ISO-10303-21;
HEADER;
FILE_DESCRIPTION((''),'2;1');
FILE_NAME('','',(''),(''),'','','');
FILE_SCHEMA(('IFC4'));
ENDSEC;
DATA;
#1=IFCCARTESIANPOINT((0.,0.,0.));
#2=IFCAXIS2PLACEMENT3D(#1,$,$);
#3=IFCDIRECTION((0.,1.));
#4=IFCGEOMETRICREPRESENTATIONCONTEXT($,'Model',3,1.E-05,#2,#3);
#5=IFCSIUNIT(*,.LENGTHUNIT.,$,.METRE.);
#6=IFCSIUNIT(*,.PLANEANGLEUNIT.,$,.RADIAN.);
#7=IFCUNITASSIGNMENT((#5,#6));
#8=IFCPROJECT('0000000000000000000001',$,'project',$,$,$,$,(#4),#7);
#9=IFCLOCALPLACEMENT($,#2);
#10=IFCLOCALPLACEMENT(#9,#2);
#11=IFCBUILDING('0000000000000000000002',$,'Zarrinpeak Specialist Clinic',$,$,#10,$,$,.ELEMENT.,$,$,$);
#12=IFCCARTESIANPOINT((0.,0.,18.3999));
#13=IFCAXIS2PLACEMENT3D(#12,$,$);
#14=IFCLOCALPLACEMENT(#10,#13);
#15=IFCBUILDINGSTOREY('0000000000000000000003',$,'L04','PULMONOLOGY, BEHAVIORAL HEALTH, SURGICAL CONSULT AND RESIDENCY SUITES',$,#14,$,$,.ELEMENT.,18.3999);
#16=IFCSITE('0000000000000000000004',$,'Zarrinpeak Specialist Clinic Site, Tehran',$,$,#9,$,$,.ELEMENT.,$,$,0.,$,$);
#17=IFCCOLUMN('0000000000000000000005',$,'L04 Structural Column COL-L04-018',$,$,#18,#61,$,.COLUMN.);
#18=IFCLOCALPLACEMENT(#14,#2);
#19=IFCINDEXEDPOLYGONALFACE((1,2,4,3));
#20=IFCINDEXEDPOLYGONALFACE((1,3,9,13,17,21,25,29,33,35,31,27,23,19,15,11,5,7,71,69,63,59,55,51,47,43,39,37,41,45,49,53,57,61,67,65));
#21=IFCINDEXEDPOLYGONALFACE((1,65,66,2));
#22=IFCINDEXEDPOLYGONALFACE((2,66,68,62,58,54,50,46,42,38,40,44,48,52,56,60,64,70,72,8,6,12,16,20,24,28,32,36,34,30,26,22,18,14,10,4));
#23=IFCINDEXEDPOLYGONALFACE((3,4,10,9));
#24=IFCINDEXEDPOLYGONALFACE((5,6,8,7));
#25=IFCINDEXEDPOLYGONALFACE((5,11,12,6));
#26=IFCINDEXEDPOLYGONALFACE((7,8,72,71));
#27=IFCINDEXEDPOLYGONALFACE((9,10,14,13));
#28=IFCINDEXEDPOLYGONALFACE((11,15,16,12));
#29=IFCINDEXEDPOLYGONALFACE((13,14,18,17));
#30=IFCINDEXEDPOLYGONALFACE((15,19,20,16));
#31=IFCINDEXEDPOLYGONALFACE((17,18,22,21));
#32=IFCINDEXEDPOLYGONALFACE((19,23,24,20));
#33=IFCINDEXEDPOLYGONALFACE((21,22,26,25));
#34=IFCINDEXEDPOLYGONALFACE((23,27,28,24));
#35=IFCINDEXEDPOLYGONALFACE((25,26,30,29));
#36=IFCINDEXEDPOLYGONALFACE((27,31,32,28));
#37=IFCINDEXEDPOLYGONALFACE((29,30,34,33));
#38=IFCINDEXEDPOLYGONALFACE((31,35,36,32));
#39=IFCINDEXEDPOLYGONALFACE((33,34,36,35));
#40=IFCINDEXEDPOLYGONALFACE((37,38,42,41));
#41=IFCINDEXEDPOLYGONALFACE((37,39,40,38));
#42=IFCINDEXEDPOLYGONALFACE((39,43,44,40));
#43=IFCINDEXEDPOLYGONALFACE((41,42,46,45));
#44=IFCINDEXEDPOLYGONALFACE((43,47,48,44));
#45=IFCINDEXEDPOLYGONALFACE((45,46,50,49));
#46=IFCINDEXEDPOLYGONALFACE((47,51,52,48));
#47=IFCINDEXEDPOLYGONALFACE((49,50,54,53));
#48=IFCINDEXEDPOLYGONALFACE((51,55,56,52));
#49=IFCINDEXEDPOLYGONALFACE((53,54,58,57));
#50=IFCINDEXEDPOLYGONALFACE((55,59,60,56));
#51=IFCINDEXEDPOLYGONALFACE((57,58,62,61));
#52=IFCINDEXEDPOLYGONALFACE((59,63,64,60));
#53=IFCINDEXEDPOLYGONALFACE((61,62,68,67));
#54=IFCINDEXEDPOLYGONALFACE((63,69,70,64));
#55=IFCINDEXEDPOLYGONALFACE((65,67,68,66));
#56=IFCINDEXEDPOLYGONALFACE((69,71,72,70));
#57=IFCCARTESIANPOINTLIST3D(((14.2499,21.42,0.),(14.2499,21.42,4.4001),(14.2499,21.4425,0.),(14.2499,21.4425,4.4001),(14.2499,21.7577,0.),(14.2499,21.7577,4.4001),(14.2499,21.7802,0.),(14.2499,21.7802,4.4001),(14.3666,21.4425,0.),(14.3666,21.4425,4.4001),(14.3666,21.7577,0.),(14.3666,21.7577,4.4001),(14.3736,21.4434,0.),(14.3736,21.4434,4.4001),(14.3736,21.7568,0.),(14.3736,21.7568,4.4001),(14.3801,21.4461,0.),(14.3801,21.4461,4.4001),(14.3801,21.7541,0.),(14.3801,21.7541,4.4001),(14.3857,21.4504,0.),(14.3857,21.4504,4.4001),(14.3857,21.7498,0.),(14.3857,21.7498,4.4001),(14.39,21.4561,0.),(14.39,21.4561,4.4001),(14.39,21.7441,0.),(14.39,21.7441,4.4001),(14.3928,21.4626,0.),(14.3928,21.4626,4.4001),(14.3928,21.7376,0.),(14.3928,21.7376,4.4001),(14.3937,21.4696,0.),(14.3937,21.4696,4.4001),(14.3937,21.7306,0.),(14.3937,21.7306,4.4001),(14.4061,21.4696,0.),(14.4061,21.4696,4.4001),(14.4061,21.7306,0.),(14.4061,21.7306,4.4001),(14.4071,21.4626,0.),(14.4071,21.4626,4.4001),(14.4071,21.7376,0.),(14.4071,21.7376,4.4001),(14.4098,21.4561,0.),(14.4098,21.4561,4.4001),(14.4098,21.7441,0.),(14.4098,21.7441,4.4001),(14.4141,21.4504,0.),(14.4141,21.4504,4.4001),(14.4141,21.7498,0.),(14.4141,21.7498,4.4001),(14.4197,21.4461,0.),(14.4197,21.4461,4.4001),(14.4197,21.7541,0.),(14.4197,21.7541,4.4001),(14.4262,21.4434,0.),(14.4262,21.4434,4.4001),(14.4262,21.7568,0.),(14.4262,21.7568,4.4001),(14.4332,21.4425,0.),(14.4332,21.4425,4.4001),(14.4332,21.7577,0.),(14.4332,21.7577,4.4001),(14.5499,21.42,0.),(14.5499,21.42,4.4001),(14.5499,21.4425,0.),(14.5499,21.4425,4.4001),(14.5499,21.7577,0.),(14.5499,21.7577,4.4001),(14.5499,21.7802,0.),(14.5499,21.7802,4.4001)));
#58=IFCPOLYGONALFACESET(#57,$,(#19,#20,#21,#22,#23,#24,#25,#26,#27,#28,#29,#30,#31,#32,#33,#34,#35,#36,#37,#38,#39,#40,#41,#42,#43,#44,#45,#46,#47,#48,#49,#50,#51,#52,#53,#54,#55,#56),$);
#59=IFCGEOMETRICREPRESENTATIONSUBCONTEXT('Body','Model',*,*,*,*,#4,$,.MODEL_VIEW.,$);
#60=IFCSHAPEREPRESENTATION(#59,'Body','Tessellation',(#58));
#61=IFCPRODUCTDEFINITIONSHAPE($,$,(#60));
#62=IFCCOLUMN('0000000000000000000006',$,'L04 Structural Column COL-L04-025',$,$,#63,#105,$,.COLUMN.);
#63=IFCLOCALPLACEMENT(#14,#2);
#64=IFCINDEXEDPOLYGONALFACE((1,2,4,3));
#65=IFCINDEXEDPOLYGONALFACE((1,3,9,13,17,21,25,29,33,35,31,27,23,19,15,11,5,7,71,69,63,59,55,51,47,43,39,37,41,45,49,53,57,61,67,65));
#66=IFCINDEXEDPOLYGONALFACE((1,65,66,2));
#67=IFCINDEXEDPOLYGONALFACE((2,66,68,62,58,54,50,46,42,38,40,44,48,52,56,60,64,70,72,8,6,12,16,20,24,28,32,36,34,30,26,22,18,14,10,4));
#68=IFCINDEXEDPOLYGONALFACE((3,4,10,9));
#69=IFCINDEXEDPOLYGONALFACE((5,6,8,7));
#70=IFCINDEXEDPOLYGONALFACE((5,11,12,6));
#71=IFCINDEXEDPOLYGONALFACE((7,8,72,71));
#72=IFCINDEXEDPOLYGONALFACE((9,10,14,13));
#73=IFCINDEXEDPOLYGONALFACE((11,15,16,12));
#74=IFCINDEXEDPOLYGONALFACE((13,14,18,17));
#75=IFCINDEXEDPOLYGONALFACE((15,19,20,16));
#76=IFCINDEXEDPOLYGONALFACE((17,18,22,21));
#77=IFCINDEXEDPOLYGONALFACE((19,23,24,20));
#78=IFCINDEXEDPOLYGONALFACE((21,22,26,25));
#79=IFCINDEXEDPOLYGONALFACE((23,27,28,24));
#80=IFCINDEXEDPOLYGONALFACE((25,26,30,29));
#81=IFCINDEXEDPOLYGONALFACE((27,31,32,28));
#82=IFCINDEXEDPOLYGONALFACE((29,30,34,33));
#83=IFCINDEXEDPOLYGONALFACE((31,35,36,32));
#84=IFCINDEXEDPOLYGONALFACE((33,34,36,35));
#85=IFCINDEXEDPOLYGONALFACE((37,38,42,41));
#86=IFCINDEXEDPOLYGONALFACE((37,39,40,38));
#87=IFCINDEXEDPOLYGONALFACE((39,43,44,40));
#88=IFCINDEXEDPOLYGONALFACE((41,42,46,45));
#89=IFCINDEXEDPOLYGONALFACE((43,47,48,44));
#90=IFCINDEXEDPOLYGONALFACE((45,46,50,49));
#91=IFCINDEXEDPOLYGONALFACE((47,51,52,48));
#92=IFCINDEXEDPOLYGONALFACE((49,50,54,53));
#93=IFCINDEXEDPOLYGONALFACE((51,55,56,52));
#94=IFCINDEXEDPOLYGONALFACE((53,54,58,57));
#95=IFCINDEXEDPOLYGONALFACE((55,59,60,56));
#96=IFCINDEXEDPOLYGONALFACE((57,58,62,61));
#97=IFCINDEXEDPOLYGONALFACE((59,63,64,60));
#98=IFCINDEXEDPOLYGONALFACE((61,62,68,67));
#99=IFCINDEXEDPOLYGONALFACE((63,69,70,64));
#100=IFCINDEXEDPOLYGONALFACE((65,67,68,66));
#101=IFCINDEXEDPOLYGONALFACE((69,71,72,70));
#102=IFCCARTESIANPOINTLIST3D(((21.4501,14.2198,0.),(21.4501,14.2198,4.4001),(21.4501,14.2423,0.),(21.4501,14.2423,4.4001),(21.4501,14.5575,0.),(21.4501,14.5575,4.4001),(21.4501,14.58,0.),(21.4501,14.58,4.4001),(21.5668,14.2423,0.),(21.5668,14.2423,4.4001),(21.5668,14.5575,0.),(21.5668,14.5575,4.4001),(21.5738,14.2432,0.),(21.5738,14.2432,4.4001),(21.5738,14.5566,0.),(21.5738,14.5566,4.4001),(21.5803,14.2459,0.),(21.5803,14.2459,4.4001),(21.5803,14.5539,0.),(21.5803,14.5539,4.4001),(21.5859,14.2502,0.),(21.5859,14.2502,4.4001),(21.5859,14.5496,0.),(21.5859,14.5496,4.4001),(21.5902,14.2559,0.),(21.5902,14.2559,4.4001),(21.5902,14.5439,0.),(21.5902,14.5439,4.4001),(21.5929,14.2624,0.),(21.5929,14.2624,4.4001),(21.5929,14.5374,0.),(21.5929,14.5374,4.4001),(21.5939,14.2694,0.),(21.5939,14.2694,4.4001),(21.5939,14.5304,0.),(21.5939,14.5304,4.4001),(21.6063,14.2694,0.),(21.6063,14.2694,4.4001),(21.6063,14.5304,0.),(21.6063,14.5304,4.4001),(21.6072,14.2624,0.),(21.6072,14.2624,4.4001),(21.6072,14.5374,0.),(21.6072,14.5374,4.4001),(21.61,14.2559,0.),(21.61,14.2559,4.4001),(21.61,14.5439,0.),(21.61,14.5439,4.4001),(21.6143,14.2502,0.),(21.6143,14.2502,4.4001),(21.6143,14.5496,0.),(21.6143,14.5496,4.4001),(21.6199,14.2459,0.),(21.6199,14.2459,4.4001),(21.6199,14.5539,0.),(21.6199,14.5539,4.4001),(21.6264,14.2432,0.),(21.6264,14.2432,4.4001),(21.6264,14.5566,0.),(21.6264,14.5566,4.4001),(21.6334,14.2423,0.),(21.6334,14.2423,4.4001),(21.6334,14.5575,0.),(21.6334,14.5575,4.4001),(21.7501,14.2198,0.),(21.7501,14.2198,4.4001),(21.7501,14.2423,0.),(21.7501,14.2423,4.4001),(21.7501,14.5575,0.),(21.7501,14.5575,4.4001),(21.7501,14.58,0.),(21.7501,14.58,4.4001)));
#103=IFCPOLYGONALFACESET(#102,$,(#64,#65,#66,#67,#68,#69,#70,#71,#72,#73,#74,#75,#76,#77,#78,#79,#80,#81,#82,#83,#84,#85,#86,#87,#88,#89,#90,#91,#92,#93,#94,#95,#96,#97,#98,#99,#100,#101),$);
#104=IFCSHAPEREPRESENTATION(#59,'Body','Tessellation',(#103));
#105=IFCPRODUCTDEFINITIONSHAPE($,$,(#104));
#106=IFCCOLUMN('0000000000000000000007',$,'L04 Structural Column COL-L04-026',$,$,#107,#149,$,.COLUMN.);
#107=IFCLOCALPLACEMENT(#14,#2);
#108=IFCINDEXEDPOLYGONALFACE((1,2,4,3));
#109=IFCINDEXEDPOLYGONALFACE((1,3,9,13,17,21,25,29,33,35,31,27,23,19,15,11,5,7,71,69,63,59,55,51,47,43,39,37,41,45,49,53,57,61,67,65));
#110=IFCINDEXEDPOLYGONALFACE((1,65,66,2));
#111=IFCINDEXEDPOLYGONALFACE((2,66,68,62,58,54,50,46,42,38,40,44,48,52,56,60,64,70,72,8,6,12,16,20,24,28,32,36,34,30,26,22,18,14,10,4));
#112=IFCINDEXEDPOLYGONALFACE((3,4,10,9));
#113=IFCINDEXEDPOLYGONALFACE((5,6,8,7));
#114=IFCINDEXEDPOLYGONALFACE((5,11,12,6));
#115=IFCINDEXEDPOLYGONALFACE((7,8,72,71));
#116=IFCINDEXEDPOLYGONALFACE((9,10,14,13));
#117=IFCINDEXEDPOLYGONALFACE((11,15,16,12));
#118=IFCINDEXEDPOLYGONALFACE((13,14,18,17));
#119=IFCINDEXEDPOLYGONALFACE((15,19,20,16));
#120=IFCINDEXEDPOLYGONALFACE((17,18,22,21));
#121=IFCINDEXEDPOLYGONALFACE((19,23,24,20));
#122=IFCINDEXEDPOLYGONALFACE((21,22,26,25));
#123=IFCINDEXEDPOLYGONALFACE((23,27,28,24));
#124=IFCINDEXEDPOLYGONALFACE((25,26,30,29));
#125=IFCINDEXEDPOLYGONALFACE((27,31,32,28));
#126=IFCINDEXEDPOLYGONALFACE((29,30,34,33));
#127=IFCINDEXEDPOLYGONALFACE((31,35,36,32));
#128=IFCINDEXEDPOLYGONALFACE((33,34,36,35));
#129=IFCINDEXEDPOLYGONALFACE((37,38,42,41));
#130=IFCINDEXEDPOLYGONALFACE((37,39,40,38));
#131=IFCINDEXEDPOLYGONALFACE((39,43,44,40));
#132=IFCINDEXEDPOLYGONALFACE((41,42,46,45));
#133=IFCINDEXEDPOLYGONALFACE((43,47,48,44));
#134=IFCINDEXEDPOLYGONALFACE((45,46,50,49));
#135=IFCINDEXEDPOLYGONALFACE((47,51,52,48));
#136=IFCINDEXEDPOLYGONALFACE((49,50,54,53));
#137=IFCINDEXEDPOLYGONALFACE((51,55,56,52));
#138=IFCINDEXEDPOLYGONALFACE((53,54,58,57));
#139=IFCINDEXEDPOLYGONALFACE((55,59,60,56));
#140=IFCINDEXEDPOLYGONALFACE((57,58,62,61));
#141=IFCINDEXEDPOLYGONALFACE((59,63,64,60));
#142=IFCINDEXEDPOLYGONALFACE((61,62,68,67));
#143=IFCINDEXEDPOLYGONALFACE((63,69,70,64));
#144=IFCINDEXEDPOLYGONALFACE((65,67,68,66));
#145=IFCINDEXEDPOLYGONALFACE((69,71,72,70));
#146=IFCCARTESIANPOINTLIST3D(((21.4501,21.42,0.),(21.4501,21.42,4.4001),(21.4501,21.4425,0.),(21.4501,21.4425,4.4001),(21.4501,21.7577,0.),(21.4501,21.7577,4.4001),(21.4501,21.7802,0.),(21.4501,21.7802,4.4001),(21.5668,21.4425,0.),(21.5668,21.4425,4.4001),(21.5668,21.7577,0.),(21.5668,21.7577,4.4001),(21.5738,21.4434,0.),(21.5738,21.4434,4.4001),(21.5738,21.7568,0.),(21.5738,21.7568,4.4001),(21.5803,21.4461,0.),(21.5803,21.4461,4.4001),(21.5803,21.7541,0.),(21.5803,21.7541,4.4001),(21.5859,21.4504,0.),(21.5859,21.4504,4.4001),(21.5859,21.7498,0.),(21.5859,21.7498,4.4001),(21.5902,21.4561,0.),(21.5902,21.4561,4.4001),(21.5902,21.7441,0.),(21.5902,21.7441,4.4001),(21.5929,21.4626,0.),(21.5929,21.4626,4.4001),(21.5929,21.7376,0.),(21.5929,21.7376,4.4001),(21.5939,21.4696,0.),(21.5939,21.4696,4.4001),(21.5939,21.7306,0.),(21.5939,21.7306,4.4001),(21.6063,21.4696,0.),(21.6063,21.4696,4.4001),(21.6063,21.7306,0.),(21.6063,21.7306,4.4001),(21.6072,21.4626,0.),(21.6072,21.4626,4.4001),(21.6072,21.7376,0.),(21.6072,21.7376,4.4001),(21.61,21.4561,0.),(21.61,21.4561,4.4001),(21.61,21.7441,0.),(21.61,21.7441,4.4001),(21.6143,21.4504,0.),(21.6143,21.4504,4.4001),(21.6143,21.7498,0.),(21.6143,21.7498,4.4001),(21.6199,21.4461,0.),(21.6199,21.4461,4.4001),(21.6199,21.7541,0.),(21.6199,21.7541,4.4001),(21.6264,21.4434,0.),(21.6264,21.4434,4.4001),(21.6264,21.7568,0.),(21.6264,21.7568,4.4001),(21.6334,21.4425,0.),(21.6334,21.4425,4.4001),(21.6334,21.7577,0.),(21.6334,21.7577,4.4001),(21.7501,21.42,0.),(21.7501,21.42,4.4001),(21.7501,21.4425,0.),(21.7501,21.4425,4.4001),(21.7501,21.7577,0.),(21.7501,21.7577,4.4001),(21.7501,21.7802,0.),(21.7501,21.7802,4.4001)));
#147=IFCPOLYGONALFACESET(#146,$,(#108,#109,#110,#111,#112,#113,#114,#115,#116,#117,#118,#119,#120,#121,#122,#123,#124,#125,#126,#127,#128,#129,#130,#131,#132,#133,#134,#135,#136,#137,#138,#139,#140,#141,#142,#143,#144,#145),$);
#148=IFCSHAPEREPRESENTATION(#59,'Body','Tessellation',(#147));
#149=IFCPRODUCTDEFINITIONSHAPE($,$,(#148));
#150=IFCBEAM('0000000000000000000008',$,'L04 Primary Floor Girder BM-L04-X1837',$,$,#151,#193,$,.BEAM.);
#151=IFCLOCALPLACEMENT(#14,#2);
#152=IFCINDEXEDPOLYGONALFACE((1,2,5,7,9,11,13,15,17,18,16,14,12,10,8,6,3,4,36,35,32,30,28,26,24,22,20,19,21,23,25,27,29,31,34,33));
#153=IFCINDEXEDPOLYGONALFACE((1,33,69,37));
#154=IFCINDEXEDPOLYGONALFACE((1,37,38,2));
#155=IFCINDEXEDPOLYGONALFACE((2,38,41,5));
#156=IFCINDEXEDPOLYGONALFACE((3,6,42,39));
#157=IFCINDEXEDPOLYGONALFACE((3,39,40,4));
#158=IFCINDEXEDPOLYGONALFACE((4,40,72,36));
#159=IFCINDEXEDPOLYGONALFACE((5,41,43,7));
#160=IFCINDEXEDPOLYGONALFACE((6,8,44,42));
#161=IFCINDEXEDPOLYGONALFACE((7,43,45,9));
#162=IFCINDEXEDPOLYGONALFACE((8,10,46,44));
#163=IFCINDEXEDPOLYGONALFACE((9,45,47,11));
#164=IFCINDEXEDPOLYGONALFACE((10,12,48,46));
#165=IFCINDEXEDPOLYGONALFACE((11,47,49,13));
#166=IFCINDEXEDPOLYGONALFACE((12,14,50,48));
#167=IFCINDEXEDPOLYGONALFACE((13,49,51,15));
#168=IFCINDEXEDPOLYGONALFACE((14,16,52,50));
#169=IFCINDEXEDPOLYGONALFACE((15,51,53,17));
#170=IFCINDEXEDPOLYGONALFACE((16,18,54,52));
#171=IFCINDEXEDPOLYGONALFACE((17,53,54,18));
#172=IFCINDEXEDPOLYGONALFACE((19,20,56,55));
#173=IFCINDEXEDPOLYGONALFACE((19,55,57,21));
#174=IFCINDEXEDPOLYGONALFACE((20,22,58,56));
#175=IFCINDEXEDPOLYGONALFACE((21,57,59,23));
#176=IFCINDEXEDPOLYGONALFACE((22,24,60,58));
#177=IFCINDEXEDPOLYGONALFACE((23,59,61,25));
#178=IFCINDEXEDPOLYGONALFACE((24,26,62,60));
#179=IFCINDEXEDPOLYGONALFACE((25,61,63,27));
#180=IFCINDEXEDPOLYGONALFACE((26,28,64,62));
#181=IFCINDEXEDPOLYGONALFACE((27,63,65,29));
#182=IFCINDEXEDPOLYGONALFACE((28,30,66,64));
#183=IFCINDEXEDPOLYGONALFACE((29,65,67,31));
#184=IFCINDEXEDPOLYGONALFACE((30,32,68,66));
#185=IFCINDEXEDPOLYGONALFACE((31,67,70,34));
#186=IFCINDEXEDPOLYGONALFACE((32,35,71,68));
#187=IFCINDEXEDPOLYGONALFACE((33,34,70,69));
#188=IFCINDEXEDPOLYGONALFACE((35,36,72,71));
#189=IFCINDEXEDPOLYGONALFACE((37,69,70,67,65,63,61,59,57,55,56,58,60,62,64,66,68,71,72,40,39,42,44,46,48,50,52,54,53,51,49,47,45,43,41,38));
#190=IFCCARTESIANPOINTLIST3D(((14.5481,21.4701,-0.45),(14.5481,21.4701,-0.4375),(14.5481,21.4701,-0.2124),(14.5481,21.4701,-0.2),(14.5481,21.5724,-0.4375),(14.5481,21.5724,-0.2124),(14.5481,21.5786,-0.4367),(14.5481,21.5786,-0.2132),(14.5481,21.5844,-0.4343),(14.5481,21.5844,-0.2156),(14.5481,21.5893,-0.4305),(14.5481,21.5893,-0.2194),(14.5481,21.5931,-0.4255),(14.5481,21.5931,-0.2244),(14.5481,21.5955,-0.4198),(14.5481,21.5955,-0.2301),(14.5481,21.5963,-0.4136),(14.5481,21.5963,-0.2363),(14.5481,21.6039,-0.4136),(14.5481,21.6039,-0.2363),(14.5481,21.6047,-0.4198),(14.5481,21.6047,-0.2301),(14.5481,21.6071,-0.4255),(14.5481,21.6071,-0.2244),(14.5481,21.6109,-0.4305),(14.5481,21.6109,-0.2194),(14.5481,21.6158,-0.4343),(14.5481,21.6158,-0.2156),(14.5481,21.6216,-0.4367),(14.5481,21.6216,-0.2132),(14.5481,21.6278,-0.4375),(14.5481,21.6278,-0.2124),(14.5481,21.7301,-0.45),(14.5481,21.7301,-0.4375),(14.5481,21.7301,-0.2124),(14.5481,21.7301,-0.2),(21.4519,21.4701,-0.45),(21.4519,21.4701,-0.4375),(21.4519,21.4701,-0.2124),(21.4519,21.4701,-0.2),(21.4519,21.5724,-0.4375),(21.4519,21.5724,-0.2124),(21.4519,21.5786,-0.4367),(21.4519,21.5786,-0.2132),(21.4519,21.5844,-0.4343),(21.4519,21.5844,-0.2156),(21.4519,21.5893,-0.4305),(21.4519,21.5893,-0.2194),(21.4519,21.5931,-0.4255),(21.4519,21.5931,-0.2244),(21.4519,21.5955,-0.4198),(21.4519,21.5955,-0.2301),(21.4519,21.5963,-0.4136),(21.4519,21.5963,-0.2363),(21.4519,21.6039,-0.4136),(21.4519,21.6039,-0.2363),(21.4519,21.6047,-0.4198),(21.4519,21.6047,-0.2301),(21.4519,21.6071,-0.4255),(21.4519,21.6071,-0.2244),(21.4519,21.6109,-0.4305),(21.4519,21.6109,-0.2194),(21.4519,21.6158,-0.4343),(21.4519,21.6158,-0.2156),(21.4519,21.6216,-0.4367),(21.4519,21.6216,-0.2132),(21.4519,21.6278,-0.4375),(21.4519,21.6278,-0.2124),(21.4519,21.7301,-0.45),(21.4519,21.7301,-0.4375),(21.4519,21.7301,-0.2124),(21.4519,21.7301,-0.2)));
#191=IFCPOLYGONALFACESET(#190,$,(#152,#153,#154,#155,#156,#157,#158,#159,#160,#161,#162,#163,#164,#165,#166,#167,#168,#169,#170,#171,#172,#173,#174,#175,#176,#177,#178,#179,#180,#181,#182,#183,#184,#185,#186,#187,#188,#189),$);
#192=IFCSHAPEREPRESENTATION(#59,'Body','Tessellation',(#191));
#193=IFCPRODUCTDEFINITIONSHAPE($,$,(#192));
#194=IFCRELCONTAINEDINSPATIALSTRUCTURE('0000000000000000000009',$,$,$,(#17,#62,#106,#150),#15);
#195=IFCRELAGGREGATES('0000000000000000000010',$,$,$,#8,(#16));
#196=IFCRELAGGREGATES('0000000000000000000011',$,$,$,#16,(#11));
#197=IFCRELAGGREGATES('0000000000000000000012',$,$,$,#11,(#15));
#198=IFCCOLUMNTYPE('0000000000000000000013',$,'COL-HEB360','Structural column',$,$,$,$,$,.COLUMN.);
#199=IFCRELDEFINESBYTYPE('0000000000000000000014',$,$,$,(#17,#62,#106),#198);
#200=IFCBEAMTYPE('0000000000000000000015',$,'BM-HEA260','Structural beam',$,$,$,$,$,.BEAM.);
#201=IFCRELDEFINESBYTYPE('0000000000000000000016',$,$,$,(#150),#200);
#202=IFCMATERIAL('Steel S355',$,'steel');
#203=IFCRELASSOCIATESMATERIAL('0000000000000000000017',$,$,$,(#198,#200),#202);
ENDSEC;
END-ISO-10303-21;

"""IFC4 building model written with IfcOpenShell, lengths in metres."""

from ifc_helpers import new_model, si_unit, direction, frame, origin, origin_2d, place, context, subcontext, project, spatial, i_section, extrude, material, material_profile, profile_set, type_object, element, save


model = new_model("IFC4")

# Units and contexts
model_context = context("Model", 3, precision=1e-05, world=origin(), true_north=direction((0.0, 1.0)))
body_context = subcontext(model_context, "Body", "Model", "MODEL_VIEW")
ifc_project = project(units=[si_unit("LENGTHUNIT", "METRE"), si_unit("PLANEANGLEUNIT", "RADIAN")], contexts=[model_context])

# Site, building, storey
site_placement = place(None, origin())
site = spatial("IfcSite", under=ifc_project, at=site_placement, Name="Zarrinpeak Specialist Clinic Site, Tehran", CompositionType="ELEMENT", RefElevation=0.0)
building_placement = place(site_placement, origin())
building = spatial("IfcBuilding", under=site, at=building_placement, Name="Zarrinpeak Specialist Clinic", CompositionType="ELEMENT")
storey_placement = place(building_placement, frame((0.0, 0.0, 18.3999)))
storey = spatial("IfcBuildingStorey", under=building, at=storey_placement, Name="L04", Description="PULMONOLOGY, BEHAVIORAL HEALTH, SURGICAL CONSULT AND RESIDENCY SUITES", CompositionType="ELEMENT", Elevation=18.3999)

# Columns
ifc_material_1 = material(Name="Steel S355", Category="steel")
ifc_material_profile_1 = material_profile(ifc_material_1, i_section(OverallWidth=0.3, OverallDepth=0.3601, WebThickness=0.0125, FlangeThickness=0.0225, FilletRadius=0.0271, at=origin_2d()), Name="HEB 360")
ifc_profile_set_1 = profile_set([ifc_material_profile_1], Name="Steel S355")
column_type = type_object("IfcColumnType", Name="COL-HEB360", Description="Structural column", PredefinedType="COLUMN", material=ifc_profile_set_1)
for number, where, z_axis, x_axis, name in (
    (1, (14.3999, 21.6001, 0.0), (0.0, 0.0, 1.0), (1.0, 0.0, 0.0), "L04 Structural Column COL-L04-018"),
    (2, (21.6001, 14.3999, 0.0), (0.0, 0.0, 1.0), (1.0, 0.0, 0.0), "L04 Structural Column COL-L04-025"),
    (3, (21.6001, 21.6001, 0.0), (0.0, 0.0, 1.0), (1.0, 0.0, 0.0), "L04 Structural Column COL-L04-026"),
):
    element("IfcColumn", number, at=place(storey_placement, frame(where, z_axis=z_axis, x_axis=x_axis)), inside=storey, type_object=column_type, Name=name, PredefinedType="COLUMN", context=body_context, shape_type="SweptSolid", body=[
        extrude(i_section(OverallWidth=0.3, OverallDepth=0.3601, WebThickness=0.0125, FlangeThickness=0.0225, FilletRadius=0.0271, at=origin_2d()), origin(), (0.0, 0.0, 1.0), 4.4001),
    ])

# Beam
ifc_material_profile_2 = material_profile(ifc_material_1, i_section(OverallWidth=0.26, OverallDepth=0.25, WebThickness=0.0076, FlangeThickness=0.0125, FilletRadius=0.0239, at=origin_2d()), Name="HEA 260")
ifc_profile_set_2 = profile_set([ifc_material_profile_2], Name="Steel S355")
beam_type_1 = type_object("IfcBeamType", Name="BM-HEA260", Description="Structural beam", PredefinedType="BEAM", material=ifc_profile_set_2)
beam_1_placement = place(storey_placement, frame((14.5481, 21.6001, -0.325), z_axis=(1.0, 0.0, 0.0), x_axis=(0.0, 1.0, 0.0)))
element("IfcBeam", 4, at=beam_1_placement, inside=storey, type_object=beam_type_1, Name="L04 Primary Floor Girder BM-L04-X1837", PredefinedType="BEAM", context=body_context, shape_type="SweptSolid", body=[
    extrude(i_section(OverallWidth=0.26, OverallDepth=0.25, WebThickness=0.0076, FlangeThickness=0.0125, FilletRadius=0.0239, at=origin_2d()), origin(), (0.0, 0.0, 1.0), 6.9038),
])

save(model, "model.ifc")
